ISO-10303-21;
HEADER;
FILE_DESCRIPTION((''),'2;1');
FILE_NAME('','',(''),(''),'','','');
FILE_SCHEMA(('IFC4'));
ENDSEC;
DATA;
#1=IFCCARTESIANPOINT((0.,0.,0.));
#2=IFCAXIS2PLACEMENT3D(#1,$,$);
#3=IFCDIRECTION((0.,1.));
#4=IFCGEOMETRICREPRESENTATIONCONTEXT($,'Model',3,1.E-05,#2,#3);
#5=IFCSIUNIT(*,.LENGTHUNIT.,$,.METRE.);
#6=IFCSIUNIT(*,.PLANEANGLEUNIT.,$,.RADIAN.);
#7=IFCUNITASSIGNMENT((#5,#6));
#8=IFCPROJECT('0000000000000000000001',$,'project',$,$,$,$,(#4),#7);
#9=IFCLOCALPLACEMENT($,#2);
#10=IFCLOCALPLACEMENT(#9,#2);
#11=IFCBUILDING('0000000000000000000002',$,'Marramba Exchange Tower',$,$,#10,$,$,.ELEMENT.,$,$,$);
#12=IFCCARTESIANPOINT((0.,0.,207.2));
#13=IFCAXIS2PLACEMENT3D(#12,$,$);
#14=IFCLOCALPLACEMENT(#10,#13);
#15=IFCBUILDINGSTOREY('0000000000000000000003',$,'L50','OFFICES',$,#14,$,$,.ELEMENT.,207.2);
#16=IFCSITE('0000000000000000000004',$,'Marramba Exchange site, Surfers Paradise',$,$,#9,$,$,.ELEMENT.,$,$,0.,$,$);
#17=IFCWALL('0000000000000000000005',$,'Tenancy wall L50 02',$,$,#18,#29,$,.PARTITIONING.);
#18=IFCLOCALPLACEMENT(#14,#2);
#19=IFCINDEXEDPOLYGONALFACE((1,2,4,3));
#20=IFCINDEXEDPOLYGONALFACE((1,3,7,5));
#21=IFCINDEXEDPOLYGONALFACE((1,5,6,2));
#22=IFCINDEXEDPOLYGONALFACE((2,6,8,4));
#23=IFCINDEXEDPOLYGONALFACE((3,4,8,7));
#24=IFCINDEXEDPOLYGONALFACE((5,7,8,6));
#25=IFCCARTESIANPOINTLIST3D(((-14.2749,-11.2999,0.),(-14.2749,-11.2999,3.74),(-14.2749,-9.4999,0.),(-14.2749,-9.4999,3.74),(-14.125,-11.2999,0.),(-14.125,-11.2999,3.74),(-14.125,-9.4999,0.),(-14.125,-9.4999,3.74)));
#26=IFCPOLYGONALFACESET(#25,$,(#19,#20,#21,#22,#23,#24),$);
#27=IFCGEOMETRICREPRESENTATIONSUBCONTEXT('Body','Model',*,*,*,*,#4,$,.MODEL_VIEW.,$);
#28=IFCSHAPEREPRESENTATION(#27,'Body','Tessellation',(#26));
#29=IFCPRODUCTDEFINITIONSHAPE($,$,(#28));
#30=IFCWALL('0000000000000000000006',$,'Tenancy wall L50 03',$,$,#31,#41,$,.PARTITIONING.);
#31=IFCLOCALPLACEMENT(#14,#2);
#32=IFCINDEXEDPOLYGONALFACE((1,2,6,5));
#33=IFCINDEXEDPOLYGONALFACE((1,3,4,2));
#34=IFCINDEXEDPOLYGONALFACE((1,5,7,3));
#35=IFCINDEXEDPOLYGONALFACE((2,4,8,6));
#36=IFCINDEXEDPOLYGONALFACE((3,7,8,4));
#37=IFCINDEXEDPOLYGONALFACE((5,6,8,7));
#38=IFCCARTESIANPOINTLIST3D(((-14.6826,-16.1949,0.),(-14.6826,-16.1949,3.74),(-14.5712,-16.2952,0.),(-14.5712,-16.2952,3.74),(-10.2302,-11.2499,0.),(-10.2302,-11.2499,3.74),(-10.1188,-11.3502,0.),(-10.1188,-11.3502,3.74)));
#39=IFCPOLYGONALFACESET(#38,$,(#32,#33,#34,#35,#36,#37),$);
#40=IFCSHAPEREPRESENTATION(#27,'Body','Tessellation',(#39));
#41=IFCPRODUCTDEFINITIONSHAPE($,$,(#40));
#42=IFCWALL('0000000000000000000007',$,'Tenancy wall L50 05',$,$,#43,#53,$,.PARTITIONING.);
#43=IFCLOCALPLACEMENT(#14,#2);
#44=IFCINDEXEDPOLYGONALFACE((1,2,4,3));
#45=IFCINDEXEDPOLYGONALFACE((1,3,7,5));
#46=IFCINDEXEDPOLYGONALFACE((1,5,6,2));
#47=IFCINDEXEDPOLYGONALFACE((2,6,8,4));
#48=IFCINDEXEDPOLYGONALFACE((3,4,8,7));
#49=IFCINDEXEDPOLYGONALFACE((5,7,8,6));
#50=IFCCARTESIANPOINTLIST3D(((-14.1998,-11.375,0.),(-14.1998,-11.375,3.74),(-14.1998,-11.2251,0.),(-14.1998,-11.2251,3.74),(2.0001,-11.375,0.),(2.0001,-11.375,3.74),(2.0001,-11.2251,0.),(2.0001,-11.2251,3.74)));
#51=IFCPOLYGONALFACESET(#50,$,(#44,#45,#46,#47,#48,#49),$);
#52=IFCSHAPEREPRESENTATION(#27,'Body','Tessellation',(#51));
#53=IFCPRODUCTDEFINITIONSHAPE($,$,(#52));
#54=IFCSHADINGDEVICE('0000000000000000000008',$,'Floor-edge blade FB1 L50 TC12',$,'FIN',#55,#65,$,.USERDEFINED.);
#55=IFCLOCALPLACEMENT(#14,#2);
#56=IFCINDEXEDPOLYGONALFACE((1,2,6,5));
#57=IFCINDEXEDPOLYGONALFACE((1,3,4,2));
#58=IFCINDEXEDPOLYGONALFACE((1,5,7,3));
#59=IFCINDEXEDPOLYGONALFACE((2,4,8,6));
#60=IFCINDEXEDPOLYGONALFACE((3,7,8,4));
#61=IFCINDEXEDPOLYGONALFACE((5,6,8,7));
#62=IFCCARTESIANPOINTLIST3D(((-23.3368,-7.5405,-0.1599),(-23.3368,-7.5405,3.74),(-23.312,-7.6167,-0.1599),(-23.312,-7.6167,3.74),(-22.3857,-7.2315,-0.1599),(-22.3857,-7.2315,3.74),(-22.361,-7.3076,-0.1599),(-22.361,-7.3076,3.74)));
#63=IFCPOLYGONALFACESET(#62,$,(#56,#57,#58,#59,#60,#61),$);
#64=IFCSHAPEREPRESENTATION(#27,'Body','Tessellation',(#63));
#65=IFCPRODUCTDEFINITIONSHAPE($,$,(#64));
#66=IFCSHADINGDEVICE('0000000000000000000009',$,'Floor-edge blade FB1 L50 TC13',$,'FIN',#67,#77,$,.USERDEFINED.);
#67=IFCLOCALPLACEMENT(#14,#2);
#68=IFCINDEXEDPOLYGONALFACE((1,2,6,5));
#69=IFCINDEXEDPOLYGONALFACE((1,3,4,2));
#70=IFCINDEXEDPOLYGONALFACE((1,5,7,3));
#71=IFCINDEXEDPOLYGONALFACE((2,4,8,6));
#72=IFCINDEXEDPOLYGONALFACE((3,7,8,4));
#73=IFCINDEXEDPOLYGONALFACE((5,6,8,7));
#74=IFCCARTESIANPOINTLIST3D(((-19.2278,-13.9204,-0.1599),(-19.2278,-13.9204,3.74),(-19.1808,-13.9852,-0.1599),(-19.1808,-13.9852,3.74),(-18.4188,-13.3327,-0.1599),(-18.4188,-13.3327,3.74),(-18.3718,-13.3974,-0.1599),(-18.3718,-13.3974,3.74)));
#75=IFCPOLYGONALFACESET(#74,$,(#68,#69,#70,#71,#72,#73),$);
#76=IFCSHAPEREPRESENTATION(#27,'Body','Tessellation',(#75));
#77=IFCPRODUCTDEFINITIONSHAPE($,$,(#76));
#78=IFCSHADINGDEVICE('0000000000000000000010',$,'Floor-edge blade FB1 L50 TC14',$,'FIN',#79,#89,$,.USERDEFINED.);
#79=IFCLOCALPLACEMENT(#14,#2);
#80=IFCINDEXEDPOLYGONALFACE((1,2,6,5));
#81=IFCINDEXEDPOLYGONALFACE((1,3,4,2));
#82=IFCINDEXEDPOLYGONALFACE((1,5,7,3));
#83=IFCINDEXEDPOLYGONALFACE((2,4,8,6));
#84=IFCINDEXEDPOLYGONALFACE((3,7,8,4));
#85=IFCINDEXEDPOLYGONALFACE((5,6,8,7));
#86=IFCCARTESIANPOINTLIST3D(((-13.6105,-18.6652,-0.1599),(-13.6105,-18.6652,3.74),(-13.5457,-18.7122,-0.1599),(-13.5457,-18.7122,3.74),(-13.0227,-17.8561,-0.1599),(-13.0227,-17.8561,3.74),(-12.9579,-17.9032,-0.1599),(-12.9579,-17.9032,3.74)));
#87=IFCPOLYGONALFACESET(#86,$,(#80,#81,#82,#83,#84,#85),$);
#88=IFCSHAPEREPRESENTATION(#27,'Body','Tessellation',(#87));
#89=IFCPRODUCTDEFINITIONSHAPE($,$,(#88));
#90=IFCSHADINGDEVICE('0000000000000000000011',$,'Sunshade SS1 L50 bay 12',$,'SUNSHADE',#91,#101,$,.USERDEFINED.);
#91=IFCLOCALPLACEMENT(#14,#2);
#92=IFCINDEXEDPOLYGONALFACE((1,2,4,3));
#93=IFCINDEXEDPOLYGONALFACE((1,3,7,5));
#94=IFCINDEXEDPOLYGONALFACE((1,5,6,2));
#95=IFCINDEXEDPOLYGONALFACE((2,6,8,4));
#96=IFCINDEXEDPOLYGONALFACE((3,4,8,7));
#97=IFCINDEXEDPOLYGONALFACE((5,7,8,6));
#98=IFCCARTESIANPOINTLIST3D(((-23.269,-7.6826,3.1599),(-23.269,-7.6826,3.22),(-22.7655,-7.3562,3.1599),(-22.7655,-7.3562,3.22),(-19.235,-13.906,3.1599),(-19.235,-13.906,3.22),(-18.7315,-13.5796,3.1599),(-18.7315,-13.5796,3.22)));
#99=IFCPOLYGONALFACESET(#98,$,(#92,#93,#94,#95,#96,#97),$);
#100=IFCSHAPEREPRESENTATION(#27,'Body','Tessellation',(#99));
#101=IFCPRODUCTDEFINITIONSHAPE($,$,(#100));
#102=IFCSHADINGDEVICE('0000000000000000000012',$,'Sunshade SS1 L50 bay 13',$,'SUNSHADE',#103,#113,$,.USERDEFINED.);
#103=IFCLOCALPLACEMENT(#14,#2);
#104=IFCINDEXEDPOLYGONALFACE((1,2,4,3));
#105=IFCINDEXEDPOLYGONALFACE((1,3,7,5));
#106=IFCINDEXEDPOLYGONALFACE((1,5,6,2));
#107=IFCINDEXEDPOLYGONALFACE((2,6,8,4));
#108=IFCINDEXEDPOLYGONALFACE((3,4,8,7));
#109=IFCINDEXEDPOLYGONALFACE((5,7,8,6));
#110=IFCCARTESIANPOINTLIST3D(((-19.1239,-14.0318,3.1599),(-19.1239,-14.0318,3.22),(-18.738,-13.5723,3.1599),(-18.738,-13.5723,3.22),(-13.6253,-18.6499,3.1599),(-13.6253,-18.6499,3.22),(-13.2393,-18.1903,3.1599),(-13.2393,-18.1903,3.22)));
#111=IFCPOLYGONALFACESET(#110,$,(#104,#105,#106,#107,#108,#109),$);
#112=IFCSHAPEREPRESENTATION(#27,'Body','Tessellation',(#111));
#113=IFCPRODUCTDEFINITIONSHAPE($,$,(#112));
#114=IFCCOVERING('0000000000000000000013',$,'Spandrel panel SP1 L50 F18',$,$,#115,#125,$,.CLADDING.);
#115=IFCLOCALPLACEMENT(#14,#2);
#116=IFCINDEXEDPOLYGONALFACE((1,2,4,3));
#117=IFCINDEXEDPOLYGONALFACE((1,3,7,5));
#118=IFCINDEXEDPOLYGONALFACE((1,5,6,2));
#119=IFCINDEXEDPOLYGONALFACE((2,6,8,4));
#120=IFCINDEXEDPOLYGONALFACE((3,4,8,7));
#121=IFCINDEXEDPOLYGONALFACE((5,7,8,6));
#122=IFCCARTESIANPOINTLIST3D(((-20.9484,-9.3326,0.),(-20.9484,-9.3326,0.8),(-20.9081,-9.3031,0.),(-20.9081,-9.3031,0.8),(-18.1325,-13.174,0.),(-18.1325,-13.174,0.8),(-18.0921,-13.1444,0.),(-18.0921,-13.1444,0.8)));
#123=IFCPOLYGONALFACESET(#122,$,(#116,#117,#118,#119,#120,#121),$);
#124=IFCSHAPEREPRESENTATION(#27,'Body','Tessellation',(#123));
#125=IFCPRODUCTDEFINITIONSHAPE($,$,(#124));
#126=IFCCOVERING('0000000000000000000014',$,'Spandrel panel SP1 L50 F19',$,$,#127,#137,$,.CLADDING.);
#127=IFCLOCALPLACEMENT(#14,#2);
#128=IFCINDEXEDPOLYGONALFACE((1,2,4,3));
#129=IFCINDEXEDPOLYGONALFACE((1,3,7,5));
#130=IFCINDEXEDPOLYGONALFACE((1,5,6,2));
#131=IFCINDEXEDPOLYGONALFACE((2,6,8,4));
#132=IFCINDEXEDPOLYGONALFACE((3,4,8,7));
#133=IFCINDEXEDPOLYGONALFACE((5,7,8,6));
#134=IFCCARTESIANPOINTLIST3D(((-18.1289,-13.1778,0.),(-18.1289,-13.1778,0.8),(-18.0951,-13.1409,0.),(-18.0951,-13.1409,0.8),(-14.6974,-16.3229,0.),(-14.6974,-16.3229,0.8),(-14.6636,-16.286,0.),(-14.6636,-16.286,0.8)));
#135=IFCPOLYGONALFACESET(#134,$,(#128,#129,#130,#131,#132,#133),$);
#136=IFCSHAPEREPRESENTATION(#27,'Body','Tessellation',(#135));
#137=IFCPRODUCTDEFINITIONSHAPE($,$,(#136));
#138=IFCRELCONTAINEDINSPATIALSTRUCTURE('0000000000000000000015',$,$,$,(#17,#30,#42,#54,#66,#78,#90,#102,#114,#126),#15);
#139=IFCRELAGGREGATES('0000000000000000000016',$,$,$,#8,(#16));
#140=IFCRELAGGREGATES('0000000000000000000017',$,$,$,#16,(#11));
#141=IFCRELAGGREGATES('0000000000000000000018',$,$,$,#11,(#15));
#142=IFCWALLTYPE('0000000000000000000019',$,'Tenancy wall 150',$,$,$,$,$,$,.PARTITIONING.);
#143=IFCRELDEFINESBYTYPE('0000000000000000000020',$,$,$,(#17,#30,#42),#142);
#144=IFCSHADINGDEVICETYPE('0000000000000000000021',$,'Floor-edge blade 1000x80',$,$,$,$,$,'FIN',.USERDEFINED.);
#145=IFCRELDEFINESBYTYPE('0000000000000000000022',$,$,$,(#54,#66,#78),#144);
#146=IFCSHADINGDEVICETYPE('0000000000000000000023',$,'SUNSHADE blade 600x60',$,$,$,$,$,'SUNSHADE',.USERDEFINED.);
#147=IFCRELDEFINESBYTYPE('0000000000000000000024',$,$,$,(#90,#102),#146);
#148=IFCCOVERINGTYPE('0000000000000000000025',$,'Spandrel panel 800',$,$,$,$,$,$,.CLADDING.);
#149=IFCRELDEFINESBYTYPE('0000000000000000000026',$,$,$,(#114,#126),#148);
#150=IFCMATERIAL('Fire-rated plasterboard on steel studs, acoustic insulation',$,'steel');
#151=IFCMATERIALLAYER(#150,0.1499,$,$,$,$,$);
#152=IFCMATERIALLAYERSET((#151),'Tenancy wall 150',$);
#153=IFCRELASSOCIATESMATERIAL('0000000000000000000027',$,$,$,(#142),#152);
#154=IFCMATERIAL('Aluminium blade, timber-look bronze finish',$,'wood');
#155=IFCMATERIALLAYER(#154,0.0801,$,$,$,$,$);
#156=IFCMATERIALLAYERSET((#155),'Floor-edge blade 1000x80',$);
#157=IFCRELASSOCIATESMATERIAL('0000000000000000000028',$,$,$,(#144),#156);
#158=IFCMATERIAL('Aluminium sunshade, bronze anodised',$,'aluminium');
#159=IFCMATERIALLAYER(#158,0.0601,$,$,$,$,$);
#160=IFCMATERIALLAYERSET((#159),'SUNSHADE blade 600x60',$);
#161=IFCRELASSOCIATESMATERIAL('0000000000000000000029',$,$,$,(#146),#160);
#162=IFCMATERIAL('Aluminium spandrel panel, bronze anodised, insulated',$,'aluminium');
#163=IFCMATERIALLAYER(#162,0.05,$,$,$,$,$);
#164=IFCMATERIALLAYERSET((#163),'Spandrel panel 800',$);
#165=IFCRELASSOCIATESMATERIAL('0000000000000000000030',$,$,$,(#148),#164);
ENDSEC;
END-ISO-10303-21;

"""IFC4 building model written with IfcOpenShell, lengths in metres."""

from ifc_helpers import new_model, si_unit, direction, frame, frame_2d, origin, origin_2d, place, context, subcontext, project, spatial, rectangle, extrude, material, layer, layer_set, type_object, element, save


model = new_model("IFC4")

# Units and contexts
model_context = context("Model", 3, precision=1e-05, world=origin(), true_north=direction((0.0, 1.0)))
body_context = subcontext(model_context, "Body", "Model", "MODEL_VIEW")
ifc_project = project(units=[si_unit("LENGTHUNIT", "METRE"), si_unit("PLANEANGLEUNIT", "RADIAN")], contexts=[model_context])

# Site, building, storey
site_placement = place(None, origin())
site = spatial("IfcSite", under=ifc_project, at=site_placement, Name="Marramba Exchange site, Surfers Paradise", CompositionType="ELEMENT", RefElevation=0.0)
building_placement = place(site_placement, origin())
building = spatial("IfcBuilding", under=site, at=building_placement, Name="Marramba Exchange Tower", CompositionType="ELEMENT")
storey_placement = place(building_placement, frame((0.0, 0.0, 207.2)))
storey = spatial("IfcBuildingStorey", under=building, at=storey_placement, Name="L50", Description="OFFICES", CompositionType="ELEMENT", Elevation=207.2)

# Walls
ifc_material_1 = material(Name="Fire-rated plasterboard on steel studs, acoustic insulation", Category="steel")
ifc_layer_1 = layer(ifc_material_1, 0.1499)
ifc_layer_set_1 = layer_set([ifc_layer_1], Name="Tenancy wall 150")
wall_type_1 = type_object("IfcWallType", Name="Tenancy wall 150", PredefinedType="PARTITIONING", material=ifc_layer_set_1)
wall_1_placement = place(storey_placement, frame((-14.2, -9.5, 0.0), z_axis=(0.0, 0.0, 1.0), x_axis=(0.0, -1.0, 0.0)))
element("IfcWall", 1, at=wall_1_placement, inside=storey, type_object=wall_type_1, Name="Tenancy wall L50 02", PredefinedType="PARTITIONING", context=body_context, shape_type="SweptSolid", body=[
    extrude(rectangle(XDim=1.8, YDim=0.1499, at=frame_2d((0.8999, 0.0))), origin(), (0.0, 0.0, 1.0), 3.74),
])
wall_2_placement = place(storey_placement, frame((-14.627, -16.2451, 0.0), z_axis=(0.0, 0.0, 1.0), x_axis=(0.669117, 0.743157, 0.0)))
element("IfcWall", 2, at=wall_2_placement, inside=storey, type_object=wall_type_1, Name="Tenancy wall L50 03", PredefinedType="PARTITIONING", context=body_context, shape_type="SweptSolid", body=[
    extrude(rectangle(XDim=6.6541, YDim=0.1499, at=frame_2d((3.3271, 0.0))), origin(), (0.0, 0.0, 1.0), 3.74),
])
wall_3_placement = place(storey_placement, frame((-14.2, -11.3, 0.0), z_axis=(0.0, 0.0, 1.0), x_axis=(1.0, 0.0, 0.0)))
element("IfcWall", 3, at=wall_3_placement, inside=storey, type_object=wall_type_1, Name="Tenancy wall L50 05", PredefinedType="PARTITIONING", context=body_context, shape_type="SweptSolid", body=[
    extrude(rectangle(XDim=16.2, YDim=0.1499, at=frame_2d((8.1001, 0.0))), origin(), (0.0, 0.0, 1.0), 3.74),
])

# Shading devices
ifc_material_2 = material(Name="Aluminium blade, timber-look bronze finish", Category="wood")
ifc_layer_2 = layer(ifc_material_2, 0.0801)
ifc_layer_set_2 = layer_set([ifc_layer_2], Name="Floor-edge blade 1000x80")
shading_device_type_1 = type_object("IfcShadingDeviceType", Name="Floor-edge blade 1000x80", ElementType="FIN", PredefinedType="USERDEFINED", material=ifc_layer_set_2)
for number, where, z_axis, x_axis, name in (
    (4, (-22.8489, -7.4241, -0.1599), (0.0, 0.0, 1.0), (-0.951057, -0.309017, 0.0), "Floor-edge blade FB1 L50 TC12"),
    (5, (-18.7998, -13.6589, -0.1599), (0.0, 0.0, 1.0), (-0.809017, -0.587785, 0.0), "Floor-edge blade FB1 L50 TC13"),
    (6, (-13.2842, -18.2842, -0.1599), (0.0, 0.0, 1.0), (-0.587785, -0.809017, 0.0), "Floor-edge blade FB1 L50 TC14"),
):
    element("IfcShadingDevice", number, at=place(storey_placement, frame(where, z_axis=z_axis, x_axis=x_axis)), inside=storey, type_object=shading_device_type_1, Name=name, ObjectType="FIN", PredefinedType="USERDEFINED", context=body_context, shape_type="SweptSolid", body=[
        extrude(rectangle(XDim=1.0, YDim=0.0801, at=origin_2d()), origin(), (0.0, 0.0, 1.0), 3.8999),
    ])
ifc_material_3 = material(Name="Aluminium sunshade, bronze anodised", Category="aluminium")
ifc_layer_3 = layer(ifc_material_3, 0.0601)
ifc_layer_set_3 = layer_set([ifc_layer_3], Name="SUNSHADE blade 600x60")
shading_device_type_2 = type_object("IfcShadingDeviceType", Name="SUNSHADE blade 600x60", ElementType="SUNSHADE", PredefinedType="USERDEFINED", material=ifc_layer_set_3)
shading_device_1_placement = place(storey_placement, frame((-21.0002, -10.6311, 3.1599), z_axis=(0.0, 0.0, 1.0), x_axis=(0.543922, -0.839136, 0.0)))
element("IfcShadingDevice", 7, at=shading_device_1_placement, inside=storey, type_object=shading_device_type_2, Name="Sunshade SS1 L50 bay 12", ObjectType="SUNSHADE", PredefinedType="USERDEFINED", context=body_context, shape_type="SweptSolid", body=[
    extrude(rectangle(XDim=7.4165, YDim=0.6001, at=origin_2d()), origin(), (0.0, 0.0, 1.0), 0.0601),
])
shading_device_2_placement = place(storey_placement, frame((-16.1816, -16.1111, 3.1599), z_axis=(0.0, 0.0, 1.0), x_axis=(0.765762, -0.643124, 0.0)))
element("IfcShadingDevice", 8, at=shading_device_2_placement, inside=storey, type_object=shading_device_type_2, Name="Sunshade SS1 L50 bay 13", ObjectType="SUNSHADE", PredefinedType="USERDEFINED", context=body_context, shape_type="SweptSolid", body=[
    extrude(rectangle(XDim=7.1807, YDim=0.6001, at=origin_2d()), origin(), (0.0, 0.0, 1.0), 0.0601),
])

# Coverings
ifc_material_4 = material(Name="Aluminium spandrel panel, bronze anodised, insulated", Category="aluminium")
ifc_layer_4 = layer(ifc_material_4, 0.05)
ifc_layer_set_4 = layer_set([ifc_layer_4], Name="Spandrel panel 800")
covering_type = type_object("IfcCoveringType", Name="Spandrel panel 800", PredefinedType="CLADDING", material=ifc_layer_set_4)
covering_1_placement = place(storey_placement, frame((-19.5203, -11.2385, 0.0), z_axis=(0.0, 0.0, 1.0), x_axis=(0.591223, -0.806508, 0.0)))
element("IfcCovering", 9, at=covering_1_placement, inside=storey, type_object=covering_type, Name="Spandrel panel SP1 L50 F18", PredefinedType="CLADDING", context=body_context, shape_type="SweptSolid", body=[
    extrude(rectangle(XDim=4.7629, YDim=0.05, at=origin_2d()), origin(), (0.0, 0.0, 1.0), 0.8),
])
covering_2_placement = place(storey_placement, frame((-16.3962, -14.7319, 0.0), z_axis=(0.0, 0.0, 1.0), x_axis=(0.737203, -0.675671, 0.0)))
element("IfcCovering", 10, at=covering_2_placement, inside=storey, type_object=covering_type, Name="Spandrel panel SP1 L50 F19", PredefinedType="CLADDING", context=body_context, shape_type="SweptSolid", body=[
    extrude(rectangle(XDim=4.6548, YDim=0.05, at=origin_2d()), origin(), (0.0, 0.0, 1.0), 0.8),
])

save(model, "model.ifc")
